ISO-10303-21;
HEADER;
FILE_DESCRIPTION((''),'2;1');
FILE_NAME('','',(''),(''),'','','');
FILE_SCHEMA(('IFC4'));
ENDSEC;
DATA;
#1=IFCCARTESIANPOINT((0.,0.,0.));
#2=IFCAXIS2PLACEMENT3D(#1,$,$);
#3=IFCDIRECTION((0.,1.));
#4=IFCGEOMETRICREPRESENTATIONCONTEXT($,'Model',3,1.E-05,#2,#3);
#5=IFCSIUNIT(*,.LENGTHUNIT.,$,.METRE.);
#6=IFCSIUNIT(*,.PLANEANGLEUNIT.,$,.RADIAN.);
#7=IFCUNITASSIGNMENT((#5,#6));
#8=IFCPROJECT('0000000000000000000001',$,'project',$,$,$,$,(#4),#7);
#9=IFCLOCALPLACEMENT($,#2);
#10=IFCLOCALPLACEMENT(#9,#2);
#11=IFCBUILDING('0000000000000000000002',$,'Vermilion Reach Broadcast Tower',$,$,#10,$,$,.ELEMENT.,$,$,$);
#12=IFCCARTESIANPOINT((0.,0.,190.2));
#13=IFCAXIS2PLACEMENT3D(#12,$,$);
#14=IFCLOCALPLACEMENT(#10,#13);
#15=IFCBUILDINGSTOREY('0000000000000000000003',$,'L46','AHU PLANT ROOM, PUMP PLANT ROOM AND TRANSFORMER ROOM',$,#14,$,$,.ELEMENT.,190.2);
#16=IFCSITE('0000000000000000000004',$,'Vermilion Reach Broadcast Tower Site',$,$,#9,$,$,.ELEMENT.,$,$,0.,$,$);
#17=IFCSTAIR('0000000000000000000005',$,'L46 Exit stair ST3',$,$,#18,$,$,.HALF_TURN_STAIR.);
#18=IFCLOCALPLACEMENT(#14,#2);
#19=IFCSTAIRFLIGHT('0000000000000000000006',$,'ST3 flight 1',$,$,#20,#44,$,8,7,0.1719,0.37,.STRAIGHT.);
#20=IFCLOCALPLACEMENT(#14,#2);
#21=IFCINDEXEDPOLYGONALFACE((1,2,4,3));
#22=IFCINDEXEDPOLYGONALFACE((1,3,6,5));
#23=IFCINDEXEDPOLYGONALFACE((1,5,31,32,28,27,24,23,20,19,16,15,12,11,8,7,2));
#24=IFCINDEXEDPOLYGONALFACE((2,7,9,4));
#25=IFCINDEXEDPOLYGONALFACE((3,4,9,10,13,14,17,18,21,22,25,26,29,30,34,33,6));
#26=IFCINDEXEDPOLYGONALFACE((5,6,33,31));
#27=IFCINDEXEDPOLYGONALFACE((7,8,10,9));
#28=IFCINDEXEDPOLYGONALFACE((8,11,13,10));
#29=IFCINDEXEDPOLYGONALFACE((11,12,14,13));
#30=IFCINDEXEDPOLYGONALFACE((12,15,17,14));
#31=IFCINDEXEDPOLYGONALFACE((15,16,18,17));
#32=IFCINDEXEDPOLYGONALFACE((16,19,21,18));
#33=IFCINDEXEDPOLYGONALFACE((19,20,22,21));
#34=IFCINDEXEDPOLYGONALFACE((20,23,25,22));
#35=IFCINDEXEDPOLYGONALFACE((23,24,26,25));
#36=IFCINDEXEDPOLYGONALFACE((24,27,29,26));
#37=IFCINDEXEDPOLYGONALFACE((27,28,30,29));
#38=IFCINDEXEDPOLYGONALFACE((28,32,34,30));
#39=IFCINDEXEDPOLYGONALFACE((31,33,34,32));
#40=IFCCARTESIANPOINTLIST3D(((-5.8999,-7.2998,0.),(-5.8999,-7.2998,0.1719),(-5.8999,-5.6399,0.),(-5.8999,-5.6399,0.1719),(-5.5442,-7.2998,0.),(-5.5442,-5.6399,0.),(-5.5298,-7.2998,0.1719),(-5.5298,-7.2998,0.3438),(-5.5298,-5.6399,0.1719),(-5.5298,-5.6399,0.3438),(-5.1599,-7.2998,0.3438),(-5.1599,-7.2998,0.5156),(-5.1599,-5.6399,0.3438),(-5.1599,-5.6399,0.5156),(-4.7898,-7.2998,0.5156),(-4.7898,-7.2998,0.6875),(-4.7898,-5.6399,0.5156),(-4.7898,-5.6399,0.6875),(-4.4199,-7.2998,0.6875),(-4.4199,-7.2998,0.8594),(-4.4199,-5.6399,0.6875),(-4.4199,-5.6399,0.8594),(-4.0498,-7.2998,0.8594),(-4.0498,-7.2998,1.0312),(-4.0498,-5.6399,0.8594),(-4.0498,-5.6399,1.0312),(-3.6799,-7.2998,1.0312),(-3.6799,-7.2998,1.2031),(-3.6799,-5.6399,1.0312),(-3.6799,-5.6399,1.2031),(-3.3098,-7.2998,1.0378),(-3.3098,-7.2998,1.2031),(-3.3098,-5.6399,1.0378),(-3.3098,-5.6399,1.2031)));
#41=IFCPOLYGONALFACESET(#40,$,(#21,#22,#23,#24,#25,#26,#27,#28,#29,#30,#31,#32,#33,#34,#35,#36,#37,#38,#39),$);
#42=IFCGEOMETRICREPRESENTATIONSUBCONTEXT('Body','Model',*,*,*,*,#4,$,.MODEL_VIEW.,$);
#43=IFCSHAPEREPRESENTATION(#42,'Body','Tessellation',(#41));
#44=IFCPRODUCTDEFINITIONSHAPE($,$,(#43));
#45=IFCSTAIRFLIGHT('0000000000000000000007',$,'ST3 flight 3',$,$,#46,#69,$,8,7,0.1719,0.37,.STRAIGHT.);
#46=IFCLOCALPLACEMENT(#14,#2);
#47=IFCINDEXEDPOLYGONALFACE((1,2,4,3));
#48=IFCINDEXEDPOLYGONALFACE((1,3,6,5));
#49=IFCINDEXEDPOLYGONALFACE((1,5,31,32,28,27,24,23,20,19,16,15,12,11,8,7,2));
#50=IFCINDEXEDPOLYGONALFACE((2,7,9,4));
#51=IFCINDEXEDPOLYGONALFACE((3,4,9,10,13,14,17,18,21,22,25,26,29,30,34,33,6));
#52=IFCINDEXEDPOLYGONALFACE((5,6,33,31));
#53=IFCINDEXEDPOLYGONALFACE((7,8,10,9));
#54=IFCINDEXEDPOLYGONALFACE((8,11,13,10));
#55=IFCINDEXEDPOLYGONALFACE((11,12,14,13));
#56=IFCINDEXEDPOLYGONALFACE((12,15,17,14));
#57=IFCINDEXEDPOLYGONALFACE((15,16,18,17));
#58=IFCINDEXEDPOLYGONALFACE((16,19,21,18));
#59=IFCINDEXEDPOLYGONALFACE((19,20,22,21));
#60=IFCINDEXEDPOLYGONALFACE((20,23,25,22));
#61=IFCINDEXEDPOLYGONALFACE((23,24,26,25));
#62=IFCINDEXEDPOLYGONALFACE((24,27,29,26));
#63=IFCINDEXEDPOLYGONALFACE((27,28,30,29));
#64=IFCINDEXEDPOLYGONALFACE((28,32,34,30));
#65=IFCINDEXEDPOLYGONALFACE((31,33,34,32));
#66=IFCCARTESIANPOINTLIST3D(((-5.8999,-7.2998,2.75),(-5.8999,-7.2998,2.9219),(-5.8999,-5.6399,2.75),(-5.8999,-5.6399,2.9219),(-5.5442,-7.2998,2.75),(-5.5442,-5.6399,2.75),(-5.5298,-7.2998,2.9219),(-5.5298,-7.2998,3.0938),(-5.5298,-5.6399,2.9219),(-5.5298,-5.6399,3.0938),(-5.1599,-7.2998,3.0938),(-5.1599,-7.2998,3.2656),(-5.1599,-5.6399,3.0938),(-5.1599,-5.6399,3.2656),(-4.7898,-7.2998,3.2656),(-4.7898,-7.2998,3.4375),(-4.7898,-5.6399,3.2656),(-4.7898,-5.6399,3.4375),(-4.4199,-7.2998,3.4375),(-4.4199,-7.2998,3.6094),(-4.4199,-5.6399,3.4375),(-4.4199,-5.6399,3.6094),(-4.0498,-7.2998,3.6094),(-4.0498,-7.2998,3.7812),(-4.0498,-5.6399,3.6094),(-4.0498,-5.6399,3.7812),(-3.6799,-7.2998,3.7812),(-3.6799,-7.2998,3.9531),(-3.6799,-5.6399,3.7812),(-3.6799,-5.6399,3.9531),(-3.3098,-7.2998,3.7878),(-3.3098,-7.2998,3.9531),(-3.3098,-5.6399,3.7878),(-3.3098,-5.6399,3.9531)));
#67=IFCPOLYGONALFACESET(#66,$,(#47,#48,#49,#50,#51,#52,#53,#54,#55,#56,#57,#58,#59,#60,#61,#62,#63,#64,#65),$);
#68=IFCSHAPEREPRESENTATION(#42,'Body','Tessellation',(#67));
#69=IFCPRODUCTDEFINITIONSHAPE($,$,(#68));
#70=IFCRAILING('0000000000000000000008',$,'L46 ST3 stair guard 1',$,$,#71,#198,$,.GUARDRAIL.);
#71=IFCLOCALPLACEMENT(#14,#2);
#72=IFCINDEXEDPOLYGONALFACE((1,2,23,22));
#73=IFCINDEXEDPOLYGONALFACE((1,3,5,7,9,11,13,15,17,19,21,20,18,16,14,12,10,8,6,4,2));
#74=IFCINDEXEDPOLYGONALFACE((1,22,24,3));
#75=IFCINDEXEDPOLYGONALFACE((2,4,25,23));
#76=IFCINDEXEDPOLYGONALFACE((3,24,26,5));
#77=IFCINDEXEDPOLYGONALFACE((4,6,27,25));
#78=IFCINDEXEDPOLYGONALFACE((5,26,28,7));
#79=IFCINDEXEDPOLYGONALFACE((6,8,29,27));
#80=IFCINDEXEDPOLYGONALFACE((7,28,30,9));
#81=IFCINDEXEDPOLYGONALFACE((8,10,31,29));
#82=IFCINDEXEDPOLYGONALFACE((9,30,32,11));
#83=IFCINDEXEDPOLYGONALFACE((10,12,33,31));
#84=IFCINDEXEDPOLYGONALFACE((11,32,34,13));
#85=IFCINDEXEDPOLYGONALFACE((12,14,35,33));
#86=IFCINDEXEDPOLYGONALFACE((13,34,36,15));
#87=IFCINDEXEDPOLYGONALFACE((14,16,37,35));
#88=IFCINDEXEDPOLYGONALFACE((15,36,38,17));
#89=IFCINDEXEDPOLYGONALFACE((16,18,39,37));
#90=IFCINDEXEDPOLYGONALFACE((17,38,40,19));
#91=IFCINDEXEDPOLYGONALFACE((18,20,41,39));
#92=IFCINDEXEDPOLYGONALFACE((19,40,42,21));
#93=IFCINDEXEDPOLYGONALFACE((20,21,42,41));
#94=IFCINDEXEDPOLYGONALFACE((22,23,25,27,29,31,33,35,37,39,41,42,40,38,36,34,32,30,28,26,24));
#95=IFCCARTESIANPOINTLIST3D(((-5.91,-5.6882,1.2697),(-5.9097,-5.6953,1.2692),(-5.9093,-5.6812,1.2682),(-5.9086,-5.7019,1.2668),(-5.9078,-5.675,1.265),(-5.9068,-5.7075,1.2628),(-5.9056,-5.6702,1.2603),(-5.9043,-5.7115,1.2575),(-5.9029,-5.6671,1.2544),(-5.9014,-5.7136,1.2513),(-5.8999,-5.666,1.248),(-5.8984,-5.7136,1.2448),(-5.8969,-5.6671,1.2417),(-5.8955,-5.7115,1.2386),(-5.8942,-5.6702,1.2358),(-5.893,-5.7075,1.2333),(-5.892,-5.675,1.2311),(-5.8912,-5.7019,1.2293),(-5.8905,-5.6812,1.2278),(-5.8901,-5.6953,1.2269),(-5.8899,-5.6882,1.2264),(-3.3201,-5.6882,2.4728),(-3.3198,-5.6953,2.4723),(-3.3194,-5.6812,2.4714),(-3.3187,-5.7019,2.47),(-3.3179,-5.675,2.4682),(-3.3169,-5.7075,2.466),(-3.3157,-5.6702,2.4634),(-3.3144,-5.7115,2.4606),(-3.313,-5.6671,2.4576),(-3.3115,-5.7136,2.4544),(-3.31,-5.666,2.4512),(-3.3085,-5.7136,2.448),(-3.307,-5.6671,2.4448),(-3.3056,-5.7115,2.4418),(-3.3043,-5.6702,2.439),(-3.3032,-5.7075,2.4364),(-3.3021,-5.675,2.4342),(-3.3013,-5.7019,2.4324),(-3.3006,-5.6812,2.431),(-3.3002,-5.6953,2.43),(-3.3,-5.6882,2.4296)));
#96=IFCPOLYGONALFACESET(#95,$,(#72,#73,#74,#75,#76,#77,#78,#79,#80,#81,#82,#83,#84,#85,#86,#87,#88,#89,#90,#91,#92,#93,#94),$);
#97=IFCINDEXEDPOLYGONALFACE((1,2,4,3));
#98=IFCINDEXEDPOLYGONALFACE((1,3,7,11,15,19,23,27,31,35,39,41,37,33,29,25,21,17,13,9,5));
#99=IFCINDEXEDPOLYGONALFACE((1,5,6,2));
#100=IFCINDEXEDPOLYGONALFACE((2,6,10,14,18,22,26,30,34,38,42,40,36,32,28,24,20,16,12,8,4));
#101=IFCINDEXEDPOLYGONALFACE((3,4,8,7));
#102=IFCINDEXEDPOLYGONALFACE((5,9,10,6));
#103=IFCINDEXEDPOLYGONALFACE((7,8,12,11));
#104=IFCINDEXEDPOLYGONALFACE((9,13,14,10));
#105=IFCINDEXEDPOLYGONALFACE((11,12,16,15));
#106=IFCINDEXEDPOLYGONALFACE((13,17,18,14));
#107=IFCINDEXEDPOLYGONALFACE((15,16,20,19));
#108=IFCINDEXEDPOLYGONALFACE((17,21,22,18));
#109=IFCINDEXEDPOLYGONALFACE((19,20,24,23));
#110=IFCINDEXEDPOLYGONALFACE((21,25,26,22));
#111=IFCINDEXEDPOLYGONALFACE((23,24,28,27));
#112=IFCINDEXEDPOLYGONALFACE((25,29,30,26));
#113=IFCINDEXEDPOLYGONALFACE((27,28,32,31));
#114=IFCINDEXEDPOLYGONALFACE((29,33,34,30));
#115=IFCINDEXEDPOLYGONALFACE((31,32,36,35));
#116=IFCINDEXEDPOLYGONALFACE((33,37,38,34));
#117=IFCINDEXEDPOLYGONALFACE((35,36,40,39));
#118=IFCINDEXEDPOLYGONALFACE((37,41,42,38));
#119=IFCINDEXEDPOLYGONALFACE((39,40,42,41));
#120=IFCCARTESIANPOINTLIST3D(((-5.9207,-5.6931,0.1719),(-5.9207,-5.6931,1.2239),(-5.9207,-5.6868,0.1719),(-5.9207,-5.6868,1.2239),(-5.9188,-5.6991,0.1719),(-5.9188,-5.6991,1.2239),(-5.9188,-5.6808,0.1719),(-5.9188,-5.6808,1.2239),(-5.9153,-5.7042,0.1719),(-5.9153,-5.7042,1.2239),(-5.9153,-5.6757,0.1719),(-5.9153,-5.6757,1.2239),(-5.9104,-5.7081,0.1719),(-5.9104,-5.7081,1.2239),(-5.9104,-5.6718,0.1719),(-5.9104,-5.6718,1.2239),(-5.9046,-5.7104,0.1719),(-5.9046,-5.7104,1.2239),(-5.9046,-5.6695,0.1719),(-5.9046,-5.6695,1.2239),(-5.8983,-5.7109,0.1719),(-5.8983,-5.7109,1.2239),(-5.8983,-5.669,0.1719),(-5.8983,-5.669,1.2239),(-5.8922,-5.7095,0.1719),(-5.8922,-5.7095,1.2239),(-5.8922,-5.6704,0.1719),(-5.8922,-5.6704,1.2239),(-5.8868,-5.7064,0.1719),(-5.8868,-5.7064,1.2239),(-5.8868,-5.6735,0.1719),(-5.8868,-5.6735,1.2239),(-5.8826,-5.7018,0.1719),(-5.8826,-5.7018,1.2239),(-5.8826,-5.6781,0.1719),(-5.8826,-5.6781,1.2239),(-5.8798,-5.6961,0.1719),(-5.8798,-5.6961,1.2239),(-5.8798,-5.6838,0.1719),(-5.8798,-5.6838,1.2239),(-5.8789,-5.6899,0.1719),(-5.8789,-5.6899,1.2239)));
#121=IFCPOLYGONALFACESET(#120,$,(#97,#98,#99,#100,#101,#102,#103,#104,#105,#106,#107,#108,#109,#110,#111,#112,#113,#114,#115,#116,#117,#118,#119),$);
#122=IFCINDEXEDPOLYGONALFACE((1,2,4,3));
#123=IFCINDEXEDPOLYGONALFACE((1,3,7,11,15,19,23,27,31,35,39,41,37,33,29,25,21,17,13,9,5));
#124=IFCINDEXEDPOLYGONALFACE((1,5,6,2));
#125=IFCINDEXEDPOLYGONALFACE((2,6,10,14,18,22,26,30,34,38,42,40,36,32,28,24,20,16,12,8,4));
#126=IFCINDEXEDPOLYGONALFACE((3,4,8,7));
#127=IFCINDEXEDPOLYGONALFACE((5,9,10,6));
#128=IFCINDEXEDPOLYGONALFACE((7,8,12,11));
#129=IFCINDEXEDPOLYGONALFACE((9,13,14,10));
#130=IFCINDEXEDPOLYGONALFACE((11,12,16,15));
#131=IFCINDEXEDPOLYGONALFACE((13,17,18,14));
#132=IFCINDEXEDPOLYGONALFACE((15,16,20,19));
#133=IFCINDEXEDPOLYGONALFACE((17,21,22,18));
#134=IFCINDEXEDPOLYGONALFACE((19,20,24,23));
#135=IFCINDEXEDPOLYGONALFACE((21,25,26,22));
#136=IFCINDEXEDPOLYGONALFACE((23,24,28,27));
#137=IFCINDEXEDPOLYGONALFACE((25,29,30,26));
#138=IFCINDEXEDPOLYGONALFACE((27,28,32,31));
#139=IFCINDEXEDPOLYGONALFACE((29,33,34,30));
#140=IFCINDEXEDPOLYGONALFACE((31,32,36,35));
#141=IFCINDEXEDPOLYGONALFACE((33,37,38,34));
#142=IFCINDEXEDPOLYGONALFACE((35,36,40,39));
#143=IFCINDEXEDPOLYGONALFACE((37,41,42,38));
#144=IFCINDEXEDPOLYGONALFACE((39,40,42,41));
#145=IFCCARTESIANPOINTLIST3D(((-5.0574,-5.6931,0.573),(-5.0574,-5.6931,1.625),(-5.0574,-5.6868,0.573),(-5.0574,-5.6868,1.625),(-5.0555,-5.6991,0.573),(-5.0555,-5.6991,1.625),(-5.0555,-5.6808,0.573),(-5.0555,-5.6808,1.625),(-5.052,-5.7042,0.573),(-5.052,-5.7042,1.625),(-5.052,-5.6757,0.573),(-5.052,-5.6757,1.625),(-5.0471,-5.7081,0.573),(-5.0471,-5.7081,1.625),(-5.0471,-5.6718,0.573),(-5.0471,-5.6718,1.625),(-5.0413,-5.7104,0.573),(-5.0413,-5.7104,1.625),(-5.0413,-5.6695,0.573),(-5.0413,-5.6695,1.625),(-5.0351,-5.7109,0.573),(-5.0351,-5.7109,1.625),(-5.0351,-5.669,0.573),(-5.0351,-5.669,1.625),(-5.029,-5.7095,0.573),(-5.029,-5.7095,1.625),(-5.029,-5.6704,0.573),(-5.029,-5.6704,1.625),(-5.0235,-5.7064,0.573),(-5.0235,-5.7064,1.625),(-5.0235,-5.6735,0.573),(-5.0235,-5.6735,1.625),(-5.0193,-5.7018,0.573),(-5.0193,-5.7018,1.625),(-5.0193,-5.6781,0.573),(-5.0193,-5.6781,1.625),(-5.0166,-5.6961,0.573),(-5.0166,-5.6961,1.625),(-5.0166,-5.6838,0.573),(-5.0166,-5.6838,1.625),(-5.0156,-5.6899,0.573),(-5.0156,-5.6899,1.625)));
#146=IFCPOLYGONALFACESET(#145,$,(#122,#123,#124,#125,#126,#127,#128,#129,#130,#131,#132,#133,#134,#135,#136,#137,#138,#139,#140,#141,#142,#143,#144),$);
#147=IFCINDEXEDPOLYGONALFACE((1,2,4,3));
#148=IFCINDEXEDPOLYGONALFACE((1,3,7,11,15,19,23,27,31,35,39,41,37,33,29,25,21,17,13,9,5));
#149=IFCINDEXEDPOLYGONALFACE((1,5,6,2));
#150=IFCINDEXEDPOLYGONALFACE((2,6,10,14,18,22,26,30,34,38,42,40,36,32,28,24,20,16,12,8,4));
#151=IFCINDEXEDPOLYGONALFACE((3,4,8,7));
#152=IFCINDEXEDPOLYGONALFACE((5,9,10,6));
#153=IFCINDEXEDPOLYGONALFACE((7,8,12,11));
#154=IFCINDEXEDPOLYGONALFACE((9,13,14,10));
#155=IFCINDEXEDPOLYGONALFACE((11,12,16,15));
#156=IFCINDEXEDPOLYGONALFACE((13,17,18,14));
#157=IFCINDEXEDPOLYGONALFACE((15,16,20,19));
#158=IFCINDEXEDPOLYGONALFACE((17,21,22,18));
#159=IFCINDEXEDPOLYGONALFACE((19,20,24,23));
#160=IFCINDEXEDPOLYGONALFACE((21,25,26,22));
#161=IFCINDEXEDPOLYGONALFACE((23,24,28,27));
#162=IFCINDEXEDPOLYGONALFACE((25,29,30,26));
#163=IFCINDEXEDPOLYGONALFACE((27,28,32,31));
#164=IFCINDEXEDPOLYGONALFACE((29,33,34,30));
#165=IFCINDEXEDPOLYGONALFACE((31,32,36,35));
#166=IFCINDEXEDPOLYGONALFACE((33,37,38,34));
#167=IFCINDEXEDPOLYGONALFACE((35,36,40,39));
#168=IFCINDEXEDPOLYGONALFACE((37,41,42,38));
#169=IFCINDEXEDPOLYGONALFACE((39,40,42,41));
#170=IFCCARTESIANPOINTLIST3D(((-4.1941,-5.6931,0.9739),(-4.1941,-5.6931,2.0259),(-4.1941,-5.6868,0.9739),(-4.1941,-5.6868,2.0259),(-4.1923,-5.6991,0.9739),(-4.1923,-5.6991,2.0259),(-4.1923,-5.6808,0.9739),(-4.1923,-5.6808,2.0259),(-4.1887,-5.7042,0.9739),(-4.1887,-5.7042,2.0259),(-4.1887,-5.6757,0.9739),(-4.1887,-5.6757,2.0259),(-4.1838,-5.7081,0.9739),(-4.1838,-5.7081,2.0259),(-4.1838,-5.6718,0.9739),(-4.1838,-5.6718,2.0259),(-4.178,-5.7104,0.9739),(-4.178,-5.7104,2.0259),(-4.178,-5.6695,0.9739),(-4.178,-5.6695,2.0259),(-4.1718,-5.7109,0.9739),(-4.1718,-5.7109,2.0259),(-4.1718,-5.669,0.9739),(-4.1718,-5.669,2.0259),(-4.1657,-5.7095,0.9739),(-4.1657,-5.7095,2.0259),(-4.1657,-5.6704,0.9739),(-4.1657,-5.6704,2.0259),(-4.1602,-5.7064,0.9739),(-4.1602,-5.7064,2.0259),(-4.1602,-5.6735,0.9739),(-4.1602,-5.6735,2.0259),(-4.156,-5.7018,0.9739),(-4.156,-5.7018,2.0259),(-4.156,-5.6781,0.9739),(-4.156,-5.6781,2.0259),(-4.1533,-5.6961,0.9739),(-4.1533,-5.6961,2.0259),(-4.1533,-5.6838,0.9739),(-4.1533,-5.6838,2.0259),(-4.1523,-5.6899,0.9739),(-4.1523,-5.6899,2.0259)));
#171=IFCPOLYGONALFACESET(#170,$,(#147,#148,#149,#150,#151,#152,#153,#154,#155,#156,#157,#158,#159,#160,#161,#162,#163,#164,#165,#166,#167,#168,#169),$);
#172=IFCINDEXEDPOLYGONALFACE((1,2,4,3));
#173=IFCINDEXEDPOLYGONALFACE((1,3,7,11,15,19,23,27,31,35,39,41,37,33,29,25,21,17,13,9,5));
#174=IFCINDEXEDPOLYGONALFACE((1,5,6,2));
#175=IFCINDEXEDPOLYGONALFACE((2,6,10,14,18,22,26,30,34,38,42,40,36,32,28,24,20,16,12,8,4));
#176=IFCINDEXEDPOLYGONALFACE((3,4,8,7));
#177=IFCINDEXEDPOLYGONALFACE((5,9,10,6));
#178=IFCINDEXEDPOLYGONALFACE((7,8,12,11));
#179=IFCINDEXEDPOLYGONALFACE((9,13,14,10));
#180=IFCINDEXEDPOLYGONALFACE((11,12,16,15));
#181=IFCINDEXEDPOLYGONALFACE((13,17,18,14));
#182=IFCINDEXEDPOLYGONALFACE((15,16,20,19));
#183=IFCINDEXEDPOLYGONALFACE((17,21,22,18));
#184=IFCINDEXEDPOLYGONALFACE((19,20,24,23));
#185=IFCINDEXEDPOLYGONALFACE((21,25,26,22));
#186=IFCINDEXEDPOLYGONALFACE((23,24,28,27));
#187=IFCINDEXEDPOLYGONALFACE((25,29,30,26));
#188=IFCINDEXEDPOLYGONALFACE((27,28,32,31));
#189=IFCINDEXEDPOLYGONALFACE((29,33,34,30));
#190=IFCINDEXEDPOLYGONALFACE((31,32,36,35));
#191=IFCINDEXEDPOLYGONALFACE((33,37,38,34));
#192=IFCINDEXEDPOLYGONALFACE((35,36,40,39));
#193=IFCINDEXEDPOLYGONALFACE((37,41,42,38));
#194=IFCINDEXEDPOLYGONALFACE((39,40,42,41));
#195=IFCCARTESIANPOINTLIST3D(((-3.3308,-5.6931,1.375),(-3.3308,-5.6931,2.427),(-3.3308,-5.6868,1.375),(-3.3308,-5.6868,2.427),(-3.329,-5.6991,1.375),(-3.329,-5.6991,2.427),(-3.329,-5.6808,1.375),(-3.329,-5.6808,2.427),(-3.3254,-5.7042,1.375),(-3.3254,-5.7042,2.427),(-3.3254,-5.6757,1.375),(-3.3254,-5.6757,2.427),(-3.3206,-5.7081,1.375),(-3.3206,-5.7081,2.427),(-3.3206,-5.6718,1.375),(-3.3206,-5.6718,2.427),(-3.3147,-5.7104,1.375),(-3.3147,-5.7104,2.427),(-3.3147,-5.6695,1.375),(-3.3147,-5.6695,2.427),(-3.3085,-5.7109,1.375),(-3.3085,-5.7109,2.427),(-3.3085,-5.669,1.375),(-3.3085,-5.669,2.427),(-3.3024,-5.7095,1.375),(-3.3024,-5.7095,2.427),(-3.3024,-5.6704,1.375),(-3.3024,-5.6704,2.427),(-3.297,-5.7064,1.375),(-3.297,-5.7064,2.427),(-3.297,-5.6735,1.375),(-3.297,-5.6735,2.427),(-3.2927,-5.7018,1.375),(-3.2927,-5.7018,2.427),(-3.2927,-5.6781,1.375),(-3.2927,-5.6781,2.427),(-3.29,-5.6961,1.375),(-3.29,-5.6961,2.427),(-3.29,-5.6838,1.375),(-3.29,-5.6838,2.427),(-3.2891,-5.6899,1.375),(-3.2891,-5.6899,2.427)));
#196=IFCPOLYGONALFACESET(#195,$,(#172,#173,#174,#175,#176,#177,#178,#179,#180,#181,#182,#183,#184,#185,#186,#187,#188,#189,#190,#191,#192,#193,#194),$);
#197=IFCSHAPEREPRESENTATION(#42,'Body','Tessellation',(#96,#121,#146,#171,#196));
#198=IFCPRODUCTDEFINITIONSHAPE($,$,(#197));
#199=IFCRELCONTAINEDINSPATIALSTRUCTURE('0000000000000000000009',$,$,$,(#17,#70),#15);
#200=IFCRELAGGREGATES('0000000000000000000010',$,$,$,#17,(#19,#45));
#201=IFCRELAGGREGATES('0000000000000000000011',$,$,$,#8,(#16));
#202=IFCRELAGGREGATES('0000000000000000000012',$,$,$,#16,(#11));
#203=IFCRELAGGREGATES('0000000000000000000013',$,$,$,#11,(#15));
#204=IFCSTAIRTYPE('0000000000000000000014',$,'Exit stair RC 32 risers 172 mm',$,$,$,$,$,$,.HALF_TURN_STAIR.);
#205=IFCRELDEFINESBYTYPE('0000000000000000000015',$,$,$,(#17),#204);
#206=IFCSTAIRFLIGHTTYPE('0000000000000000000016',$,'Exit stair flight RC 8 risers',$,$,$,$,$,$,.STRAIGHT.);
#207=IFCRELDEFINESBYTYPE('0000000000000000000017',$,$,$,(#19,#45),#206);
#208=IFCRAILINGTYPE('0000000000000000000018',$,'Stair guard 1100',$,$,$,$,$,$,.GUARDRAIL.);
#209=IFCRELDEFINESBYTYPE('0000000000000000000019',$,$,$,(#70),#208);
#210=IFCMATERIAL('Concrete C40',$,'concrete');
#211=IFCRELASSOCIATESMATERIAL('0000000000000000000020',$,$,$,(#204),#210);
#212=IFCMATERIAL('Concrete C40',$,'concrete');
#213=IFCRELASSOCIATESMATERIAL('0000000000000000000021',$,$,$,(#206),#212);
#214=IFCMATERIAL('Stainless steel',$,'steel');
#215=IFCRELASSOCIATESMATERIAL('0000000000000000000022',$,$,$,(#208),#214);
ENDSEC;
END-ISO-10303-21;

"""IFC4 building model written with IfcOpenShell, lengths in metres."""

from ifc_helpers import new_model, si_unit, direction, frame, origin, origin_2d, place, context, subcontext, project, spatial, polyline, circle, outline, extrude, material, type_object, element, aggregate, save


model = new_model("IFC4")

# Units and contexts
model_context = context("Model", 3, precision=1e-05, world=origin(), true_north=direction((0.0, 1.0)))
body_context = subcontext(model_context, "Body", "Model", "MODEL_VIEW")
ifc_project = project(units=[si_unit("LENGTHUNIT", "METRE"), si_unit("PLANEANGLEUNIT", "RADIAN")], contexts=[model_context])

# Site, building, storey
site_placement = place(None, origin())
site = spatial("IfcSite", under=ifc_project, at=site_placement, Name="Vermilion Reach Broadcast Tower Site", CompositionType="ELEMENT", RefElevation=0.0)
building_placement = place(site_placement, origin())
building = spatial("IfcBuilding", under=site, at=building_placement, Name="Vermilion Reach Broadcast Tower", CompositionType="ELEMENT")
storey_placement = place(building_placement, frame((0.0, 0.0, 190.2)))
storey = spatial("IfcBuildingStorey", under=building, at=storey_placement, Name="L46", Description="AHU PLANT ROOM, PUMP PLANT ROOM AND TRANSFORMER ROOM", CompositionType="ELEMENT", Elevation=190.2)

# Stair, stair flights
ifc_material_1 = material(Name="Concrete C40", Category="concrete")
stair_type = type_object("IfcStairType", Name="Exit stair RC 32 risers 172 mm", PredefinedType="HALF_TURN_STAIR", material=ifc_material_1)
stair_placement = place(storey_placement, origin())
stair = element("IfcStair", 1, at=stair_placement, inside=storey, type_object=stair_type, Name="L46 Exit stair ST3", PredefinedType="HALF_TURN_STAIR")
ifc_material_2 = material(Name="Concrete C40", Category="concrete")
stair_flight_type = type_object("IfcStairFlightType", Name="Exit stair flight RC 8 risers", PredefinedType="STRAIGHT", material=ifc_material_2)
stair_flight_1_placement = place(storey_placement, frame((-5.8999, -6.47, 0.0), z_axis=(0.0, 0.0, 1.0), x_axis=(1.0, 0.0, 0.0)))
stair_flight_1 = element("IfcStairFlight", 2, at=stair_flight_1_placement, type_object=stair_flight_type, Name="ST3 flight 1", NumberOfRisers=8, NumberOfTreads=7, PredefinedType="STRAIGHT", RiserHeight=0.1719, TreadLength=0.37, context=body_context, shape_type="SweptSolid", body=[
    extrude(outline(polyline([(0.0, 0.0), (0.0, 0.1719), (0.3701, 0.1719), (0.3701, 0.3438), (0.74, 0.3438), (0.74, 0.5156), (1.1101, 0.5156), (1.1101, 0.6875), (1.48, 0.6875), (1.48, 0.8594), (1.8501, 0.8594), (1.8501, 1.0312), (2.22, 1.0312), (2.22, 1.2031), (2.5901, 1.2031), (2.5901, 1.375), (2.5901, 1.0378), (0.3557, 0.0), (0.0, 0.0)])), frame((0.0, 0.8301, 0.0), z_axis=(0.0, -1.0, 0.0), x_axis=(1.0, 0.0, 0.0)), (0.0, 0.0, 1.0), 1.6599),
])
stair_flight_2_placement = place(storey_placement, frame((-5.8999, -6.47, 2.75), z_axis=(0.0, 0.0, 1.0), x_axis=(1.0, 0.0, 0.0)))
stair_flight_2 = element("IfcStairFlight", 3, at=stair_flight_2_placement, type_object=stair_flight_type, Name="ST3 flight 3", NumberOfRisers=8, NumberOfTreads=7, PredefinedType="STRAIGHT", RiserHeight=0.1719, TreadLength=0.37, context=body_context, shape_type="SweptSolid", body=[
    extrude(outline(polyline([(0.0, 0.0), (0.0, 0.1719), (0.3701, 0.1719), (0.3701, 0.3438), (0.74, 0.3438), (0.74, 0.5156), (1.1101, 0.5156), (1.1101, 0.6875), (1.48, 0.6875), (1.48, 0.8594), (1.8501, 0.8594), (1.8501, 1.0312), (2.22, 1.0312), (2.22, 1.2031), (2.5901, 1.2031), (2.5901, 1.375), (2.5901, 1.0378), (0.3557, 0.0), (0.0, 0.0)])), frame((0.0, 0.8301, 0.0), z_axis=(0.0, -1.0, 0.0), x_axis=(1.0, 0.0, 0.0)), (0.0, 0.0, 1.0), 1.6599),
])
aggregate(stair, [stair_flight_1, stair_flight_2])

# Railing
ifc_material_3 = material(Name="Stainless steel", Category="steel")
railing_type = type_object("IfcRailingType", Name="Stair guard 1100", PredefinedType="GUARDRAIL", material=ifc_material_3)
railing_1_placement = place(storey_placement, frame((-5.8999, -5.6899, 0.1719)))
element("IfcRailing", 4, at=railing_1_placement, inside=storey, type_object=railing_type, Name="L46 ST3 stair guard 1", PredefinedType="GUARDRAIL", context=body_context, shape_type="SweptSolid", body=[
    extrude(circle(Radius=0.0239, at=origin_2d()), frame((0.0, 0.0, 1.0762), z_axis=(0.906916, 0.0, 0.421312), x_axis=(0.0, 1.0, 0.0)), (0.0, 0.0, 1.0), 2.8557),
    extrude(circle(Radius=0.021, at=origin_2d()), origin(), (0.0, 0.0, 1.0), 1.052),
    extrude(circle(Radius=0.021, at=origin_2d()), frame((0.8633, 0.0, 0.4011)), (0.0, 0.0, 1.0), 1.052),
    extrude(circle(Radius=0.021, at=origin_2d()), frame((1.7266, 0.0, 0.802)), (0.0, 0.0, 1.0), 1.052),
    extrude(circle(Radius=0.021, at=origin_2d()), frame((2.5898, 0.0, 1.2031)), (0.0, 0.0, 1.0), 1.052),
])

save(model, "model.ifc")
